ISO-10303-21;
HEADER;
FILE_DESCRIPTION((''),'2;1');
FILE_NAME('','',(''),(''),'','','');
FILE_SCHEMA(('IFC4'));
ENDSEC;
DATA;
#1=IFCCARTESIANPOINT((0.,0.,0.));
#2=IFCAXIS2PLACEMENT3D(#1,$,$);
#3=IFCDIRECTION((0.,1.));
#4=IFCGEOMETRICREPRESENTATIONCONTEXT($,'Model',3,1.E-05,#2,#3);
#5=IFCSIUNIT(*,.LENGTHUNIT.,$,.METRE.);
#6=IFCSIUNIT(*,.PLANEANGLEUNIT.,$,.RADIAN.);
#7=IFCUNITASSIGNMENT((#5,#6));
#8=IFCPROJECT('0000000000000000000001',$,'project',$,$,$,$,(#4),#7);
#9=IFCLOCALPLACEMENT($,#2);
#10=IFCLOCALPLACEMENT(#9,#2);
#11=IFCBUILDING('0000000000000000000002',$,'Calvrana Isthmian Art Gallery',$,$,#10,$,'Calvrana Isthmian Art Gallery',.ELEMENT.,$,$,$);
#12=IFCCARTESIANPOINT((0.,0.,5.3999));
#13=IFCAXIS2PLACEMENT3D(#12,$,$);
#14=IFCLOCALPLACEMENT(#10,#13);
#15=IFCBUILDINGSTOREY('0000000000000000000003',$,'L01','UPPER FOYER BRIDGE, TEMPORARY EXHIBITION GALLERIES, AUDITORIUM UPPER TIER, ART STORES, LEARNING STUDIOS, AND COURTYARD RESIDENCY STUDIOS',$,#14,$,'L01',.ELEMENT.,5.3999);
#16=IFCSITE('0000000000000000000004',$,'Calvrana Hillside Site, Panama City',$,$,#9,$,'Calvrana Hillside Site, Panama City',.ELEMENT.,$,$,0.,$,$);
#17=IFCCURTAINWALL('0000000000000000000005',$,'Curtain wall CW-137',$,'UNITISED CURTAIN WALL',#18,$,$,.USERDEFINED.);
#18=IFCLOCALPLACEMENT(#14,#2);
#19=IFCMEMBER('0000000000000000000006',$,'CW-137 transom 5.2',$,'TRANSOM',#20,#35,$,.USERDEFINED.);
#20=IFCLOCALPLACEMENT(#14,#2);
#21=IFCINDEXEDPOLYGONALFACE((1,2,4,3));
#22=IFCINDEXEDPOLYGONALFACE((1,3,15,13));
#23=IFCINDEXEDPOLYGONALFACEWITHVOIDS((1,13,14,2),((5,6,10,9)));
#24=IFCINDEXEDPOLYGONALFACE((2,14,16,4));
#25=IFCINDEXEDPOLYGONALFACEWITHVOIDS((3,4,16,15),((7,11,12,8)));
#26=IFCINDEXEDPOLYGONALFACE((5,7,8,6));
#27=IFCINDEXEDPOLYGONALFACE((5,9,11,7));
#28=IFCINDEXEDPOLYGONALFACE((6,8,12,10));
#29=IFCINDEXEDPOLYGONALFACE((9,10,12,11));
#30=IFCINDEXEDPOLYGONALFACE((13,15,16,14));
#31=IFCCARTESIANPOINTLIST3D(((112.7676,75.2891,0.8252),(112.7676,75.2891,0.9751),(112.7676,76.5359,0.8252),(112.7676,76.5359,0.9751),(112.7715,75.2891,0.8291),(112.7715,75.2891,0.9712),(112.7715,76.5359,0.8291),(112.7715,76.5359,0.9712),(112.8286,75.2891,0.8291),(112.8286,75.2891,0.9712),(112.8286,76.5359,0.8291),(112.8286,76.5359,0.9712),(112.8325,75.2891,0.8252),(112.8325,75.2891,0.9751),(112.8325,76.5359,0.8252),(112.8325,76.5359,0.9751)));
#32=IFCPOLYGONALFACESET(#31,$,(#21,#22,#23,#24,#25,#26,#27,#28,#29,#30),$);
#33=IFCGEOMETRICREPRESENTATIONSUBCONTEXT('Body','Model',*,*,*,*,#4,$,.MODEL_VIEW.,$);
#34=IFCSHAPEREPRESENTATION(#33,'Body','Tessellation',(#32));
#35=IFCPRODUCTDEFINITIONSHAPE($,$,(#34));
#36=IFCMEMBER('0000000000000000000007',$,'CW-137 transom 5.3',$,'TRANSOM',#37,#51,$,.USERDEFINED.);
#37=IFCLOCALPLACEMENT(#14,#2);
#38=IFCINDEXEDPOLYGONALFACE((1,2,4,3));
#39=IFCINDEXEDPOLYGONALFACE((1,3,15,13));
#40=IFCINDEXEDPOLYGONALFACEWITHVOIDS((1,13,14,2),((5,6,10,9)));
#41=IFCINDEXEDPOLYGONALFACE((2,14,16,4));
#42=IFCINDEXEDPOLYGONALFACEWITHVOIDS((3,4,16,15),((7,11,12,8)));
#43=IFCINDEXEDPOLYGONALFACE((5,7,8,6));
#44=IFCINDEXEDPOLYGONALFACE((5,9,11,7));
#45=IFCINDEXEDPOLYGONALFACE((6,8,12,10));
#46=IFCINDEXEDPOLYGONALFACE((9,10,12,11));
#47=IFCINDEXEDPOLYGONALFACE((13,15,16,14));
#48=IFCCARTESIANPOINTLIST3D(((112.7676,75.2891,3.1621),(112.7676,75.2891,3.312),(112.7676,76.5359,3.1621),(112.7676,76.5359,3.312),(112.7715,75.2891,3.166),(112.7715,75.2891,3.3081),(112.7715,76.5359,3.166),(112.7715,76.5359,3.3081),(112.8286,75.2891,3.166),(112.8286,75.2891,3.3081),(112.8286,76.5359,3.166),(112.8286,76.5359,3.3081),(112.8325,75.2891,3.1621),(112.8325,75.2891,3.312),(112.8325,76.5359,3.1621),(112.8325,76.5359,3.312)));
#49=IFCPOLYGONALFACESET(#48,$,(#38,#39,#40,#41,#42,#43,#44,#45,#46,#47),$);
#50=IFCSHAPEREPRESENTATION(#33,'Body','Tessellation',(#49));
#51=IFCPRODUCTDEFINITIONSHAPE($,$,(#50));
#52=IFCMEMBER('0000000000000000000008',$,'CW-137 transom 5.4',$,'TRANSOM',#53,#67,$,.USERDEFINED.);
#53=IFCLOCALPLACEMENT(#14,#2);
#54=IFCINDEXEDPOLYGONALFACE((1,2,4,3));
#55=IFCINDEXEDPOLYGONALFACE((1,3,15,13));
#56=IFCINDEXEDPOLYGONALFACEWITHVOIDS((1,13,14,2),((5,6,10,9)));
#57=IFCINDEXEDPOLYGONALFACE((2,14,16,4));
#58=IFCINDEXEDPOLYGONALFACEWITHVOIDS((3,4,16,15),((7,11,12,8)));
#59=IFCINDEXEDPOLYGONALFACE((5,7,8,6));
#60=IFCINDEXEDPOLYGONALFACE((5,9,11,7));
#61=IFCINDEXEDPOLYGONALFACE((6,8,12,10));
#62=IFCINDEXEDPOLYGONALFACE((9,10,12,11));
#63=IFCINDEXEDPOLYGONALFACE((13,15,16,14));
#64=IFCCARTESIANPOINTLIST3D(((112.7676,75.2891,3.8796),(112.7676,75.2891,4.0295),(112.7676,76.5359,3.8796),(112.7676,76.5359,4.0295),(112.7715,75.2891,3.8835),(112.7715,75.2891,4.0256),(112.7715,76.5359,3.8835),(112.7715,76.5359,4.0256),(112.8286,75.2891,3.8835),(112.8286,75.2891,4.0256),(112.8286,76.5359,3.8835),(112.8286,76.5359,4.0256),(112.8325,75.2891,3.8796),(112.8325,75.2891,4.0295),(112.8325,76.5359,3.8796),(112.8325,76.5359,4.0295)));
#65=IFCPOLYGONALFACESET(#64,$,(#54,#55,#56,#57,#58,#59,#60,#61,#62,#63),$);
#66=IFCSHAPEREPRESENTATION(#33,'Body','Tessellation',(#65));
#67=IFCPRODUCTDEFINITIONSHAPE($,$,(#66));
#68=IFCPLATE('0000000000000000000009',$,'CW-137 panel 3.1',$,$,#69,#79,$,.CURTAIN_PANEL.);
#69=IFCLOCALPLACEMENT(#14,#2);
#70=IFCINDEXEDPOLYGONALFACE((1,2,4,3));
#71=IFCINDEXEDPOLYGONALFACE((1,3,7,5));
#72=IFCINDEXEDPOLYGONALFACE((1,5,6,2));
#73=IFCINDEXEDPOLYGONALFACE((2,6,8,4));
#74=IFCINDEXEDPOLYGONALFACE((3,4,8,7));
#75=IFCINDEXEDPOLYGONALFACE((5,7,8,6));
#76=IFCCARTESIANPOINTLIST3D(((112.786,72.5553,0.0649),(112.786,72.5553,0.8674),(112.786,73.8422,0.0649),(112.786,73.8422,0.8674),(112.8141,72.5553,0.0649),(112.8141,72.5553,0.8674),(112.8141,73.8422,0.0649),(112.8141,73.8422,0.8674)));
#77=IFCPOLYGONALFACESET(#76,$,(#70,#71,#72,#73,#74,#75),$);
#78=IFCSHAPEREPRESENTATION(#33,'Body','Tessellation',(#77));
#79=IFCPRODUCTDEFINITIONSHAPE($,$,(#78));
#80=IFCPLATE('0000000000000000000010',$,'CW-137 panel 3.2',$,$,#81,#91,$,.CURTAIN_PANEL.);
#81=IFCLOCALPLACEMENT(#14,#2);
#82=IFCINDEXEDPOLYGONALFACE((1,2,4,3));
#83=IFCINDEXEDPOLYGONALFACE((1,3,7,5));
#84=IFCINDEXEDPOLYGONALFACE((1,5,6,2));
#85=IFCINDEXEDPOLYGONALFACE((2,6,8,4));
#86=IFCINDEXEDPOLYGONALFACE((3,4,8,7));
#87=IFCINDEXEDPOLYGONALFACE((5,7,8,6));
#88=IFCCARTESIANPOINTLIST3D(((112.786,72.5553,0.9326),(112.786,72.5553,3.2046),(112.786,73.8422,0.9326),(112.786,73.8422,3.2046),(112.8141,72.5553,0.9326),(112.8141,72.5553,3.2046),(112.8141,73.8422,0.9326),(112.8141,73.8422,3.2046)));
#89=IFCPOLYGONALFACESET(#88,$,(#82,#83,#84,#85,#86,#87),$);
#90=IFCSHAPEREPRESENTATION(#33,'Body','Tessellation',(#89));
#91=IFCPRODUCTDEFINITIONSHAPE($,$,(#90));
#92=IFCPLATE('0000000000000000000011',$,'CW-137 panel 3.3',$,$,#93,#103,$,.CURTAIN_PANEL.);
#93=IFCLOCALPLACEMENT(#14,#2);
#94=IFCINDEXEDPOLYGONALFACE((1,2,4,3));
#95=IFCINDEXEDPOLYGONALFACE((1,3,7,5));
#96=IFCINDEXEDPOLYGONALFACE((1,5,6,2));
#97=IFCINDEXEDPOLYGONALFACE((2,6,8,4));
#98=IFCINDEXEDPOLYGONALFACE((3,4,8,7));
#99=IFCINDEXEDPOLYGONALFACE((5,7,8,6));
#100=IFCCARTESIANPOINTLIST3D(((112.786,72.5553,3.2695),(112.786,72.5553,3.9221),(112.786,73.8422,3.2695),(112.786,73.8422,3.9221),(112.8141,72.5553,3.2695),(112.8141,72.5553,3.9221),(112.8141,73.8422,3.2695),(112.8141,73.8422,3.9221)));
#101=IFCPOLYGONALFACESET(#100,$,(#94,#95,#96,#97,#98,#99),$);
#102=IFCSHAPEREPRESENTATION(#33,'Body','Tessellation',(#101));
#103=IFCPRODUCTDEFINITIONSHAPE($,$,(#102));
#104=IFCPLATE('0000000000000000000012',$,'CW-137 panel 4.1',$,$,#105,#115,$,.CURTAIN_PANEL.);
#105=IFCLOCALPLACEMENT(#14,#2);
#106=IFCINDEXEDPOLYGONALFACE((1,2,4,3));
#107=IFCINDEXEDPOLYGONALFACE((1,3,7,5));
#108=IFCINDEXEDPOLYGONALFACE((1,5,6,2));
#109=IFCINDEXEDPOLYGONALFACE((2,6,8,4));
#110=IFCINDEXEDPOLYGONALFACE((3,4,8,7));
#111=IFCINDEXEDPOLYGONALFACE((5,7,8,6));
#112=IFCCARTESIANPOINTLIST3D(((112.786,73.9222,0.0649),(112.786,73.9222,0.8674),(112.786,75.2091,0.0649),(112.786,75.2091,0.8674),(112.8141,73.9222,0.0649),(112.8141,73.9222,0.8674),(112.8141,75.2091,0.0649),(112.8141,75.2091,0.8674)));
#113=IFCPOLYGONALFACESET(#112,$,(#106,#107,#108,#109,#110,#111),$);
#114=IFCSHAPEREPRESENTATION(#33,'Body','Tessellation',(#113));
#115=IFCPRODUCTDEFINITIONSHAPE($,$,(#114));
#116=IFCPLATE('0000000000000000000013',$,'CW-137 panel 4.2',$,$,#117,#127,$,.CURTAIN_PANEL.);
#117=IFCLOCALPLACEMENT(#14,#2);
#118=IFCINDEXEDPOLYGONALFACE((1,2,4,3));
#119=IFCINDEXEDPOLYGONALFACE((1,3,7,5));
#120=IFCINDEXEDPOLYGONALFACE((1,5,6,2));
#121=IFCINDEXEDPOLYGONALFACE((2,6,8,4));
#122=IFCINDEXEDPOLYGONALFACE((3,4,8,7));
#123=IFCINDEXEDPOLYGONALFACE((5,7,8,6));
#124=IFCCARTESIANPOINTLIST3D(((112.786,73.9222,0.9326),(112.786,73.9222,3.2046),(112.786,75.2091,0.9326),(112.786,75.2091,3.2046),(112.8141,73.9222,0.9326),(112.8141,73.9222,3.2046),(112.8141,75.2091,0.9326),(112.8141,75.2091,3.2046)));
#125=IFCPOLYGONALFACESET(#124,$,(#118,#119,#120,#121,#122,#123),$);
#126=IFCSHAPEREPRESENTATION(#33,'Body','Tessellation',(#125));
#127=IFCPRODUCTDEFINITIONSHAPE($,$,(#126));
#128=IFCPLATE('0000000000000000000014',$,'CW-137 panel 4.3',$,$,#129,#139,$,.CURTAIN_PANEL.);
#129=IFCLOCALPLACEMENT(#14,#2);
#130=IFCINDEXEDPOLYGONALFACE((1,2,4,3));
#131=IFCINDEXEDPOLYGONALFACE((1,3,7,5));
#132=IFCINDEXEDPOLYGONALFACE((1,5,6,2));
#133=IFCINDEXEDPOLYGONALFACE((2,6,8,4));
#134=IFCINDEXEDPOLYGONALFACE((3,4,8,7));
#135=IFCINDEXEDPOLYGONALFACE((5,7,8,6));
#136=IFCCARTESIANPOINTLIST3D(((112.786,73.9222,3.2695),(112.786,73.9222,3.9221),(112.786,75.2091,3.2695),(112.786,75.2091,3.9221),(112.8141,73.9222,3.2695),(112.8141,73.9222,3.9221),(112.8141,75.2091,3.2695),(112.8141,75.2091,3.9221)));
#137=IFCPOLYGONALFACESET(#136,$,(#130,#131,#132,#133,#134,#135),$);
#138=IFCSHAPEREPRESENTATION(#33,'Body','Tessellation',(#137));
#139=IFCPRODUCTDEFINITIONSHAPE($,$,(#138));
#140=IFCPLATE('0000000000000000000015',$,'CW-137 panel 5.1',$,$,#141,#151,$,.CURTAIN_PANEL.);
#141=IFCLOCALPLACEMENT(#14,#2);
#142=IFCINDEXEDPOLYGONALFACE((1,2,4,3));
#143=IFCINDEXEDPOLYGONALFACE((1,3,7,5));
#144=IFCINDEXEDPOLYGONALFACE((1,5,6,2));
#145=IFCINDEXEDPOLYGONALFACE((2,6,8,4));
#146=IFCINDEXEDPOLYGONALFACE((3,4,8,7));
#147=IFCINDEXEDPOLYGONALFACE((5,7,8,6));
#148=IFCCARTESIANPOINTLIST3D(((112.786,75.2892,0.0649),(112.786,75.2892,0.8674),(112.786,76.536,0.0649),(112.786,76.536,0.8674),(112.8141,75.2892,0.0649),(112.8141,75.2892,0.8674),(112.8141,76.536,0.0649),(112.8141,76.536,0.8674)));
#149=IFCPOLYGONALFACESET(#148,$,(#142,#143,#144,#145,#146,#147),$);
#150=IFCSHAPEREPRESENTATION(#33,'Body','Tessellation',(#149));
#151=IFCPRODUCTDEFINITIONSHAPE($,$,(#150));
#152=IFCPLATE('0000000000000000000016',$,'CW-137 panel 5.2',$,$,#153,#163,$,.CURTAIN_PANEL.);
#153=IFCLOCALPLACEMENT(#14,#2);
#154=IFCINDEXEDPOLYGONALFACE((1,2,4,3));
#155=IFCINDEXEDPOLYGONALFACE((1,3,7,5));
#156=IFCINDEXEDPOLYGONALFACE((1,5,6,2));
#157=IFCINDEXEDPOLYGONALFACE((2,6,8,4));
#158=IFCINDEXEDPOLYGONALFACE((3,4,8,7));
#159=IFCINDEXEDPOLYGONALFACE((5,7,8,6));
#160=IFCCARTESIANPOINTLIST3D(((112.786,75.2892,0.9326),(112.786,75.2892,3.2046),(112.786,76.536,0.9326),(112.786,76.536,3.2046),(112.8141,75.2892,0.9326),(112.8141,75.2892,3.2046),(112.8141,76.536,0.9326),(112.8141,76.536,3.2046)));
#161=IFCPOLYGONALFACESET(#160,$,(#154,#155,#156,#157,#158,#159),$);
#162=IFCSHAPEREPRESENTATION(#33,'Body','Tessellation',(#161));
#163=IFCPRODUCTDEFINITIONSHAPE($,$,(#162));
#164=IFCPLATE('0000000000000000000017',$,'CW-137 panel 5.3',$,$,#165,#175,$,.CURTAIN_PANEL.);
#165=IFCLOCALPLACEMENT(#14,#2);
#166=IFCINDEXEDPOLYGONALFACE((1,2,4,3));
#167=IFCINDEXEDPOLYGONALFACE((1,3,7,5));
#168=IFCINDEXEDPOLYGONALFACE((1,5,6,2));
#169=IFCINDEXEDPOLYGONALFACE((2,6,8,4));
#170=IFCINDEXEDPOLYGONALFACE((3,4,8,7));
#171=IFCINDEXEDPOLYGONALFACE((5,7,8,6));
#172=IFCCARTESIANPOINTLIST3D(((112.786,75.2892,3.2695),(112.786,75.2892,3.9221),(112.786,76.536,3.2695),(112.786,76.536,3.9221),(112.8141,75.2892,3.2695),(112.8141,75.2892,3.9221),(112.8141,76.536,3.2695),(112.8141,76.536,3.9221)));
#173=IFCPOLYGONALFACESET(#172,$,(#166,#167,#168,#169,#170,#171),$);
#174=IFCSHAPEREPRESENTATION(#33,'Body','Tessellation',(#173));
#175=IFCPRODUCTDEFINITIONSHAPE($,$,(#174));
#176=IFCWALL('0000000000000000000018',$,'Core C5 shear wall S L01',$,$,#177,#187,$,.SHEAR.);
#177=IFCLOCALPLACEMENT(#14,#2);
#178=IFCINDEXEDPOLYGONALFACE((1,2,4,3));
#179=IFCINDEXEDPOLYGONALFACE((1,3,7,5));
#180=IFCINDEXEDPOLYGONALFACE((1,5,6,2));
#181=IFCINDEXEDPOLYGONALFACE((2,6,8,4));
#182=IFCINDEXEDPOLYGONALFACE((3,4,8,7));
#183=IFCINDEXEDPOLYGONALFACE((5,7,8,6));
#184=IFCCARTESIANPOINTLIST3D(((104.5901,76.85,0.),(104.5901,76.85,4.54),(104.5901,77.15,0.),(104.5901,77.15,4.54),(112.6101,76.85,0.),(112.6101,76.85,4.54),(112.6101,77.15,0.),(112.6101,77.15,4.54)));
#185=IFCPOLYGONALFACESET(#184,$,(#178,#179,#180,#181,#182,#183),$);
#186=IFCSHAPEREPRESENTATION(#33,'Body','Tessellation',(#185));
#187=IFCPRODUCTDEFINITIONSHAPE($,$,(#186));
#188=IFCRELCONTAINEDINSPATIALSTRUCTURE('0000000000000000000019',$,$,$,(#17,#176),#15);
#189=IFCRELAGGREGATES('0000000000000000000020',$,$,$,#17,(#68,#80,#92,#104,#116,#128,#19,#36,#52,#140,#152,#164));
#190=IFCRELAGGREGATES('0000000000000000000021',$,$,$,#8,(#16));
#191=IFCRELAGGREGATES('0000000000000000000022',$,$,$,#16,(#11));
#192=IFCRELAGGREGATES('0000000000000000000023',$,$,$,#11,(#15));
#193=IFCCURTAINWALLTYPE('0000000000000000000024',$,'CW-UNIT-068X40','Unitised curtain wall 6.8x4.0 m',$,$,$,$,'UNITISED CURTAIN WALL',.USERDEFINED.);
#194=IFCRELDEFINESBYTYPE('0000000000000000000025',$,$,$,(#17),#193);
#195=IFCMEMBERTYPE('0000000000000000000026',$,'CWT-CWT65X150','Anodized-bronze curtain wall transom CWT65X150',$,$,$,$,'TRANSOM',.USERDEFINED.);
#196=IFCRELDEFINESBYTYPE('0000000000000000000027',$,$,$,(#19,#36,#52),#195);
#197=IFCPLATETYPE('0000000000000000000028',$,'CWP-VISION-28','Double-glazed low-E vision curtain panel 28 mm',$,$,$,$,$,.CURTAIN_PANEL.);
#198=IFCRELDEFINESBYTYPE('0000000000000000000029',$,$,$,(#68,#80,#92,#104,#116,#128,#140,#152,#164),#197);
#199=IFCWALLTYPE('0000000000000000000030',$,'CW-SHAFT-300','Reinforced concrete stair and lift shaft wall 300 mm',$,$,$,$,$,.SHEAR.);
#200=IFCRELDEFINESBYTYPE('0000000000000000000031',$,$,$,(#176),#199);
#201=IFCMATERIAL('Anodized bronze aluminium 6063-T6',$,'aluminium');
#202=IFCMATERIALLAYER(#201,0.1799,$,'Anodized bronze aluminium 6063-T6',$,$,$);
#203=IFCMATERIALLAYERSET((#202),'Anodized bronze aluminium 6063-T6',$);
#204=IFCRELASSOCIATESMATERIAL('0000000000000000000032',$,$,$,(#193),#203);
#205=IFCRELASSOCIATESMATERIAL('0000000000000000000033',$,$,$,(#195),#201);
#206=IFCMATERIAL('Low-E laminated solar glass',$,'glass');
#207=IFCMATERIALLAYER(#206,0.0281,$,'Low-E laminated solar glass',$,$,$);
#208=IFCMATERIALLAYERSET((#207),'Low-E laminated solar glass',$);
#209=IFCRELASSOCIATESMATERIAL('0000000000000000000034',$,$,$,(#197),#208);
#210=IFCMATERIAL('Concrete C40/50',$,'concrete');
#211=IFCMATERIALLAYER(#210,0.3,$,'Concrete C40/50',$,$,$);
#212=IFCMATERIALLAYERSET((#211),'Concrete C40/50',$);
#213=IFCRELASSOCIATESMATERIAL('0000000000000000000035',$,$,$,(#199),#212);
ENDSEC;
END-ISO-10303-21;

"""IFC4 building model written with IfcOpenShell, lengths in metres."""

from ifc_helpers import new_model, si_unit, direction, frame, frame_2d, origin, origin_2d, place, context, subcontext, project, spatial, rectangle, hollow_rectangle, extrude, material, layer, layer_set, material_profile, profile_set, type_object, element, aggregate, save


model = new_model("IFC4")

# Units and contexts
model_context = context("Model", 3, precision=1e-05, world=origin(), true_north=direction((0.0, 1.0)))
body_context = subcontext(model_context, "Body", "Model", "MODEL_VIEW")
ifc_project = project(units=[si_unit("LENGTHUNIT", "METRE"), si_unit("PLANEANGLEUNIT", "RADIAN")], contexts=[model_context])

# Site, building, storey
site_placement = place(None, origin())
site = spatial("IfcSite", under=ifc_project, at=site_placement, Name="Calvrana Hillside Site, Panama City", LongName="Calvrana Hillside Site, Panama City", CompositionType="ELEMENT", RefElevation=0.0)
building_placement = place(site_placement, origin())
building = spatial("IfcBuilding", under=site, at=building_placement, Name="Calvrana Isthmian Art Gallery", LongName="Calvrana Isthmian Art Gallery", CompositionType="ELEMENT")
storey_placement = place(building_placement, frame((0.0, 0.0, 5.3999)))
storey = spatial("IfcBuildingStorey", under=building, at=storey_placement, Name="L01", Description="UPPER FOYER BRIDGE, TEMPORARY EXHIBITION GALLERIES, AUDITORIUM UPPER TIER, ART STORES, LEARNING STUDIOS, AND COURTYARD RESIDENCY STUDIOS", LongName="L01", CompositionType="ELEMENT", Elevation=5.3999)

# Curtain wall, members, plates
ifc_material_1 = material(Name="Anodized bronze aluminium 6063-T6", Category="aluminium")
ifc_layer_1 = layer(ifc_material_1, 0.1799, Name="Anodized bronze aluminium 6063-T6")
ifc_layer_set_1 = layer_set([ifc_layer_1], Name="Anodized bronze aluminium 6063-T6")
curtain_wall_type = type_object("IfcCurtainWallType", Name="CW-UNIT-068X40", Description="Unitised curtain wall 6.8x4.0 m", ElementType="UNITISED CURTAIN WALL", PredefinedType="USERDEFINED", material=ifc_layer_set_1)
curtain_wall_placement = place(storey_placement, origin())
curtain_wall = element("IfcCurtainWall", 1, at=curtain_wall_placement, inside=storey, type_object=curtain_wall_type, Name="Curtain wall CW-137", ObjectType="UNITISED CURTAIN WALL", PredefinedType="USERDEFINED")
ifc_material_profile_1 = material_profile(ifc_material_1, hollow_rectangle(XDim=0.0649, YDim=0.1499, WallThickness=0.0039, at=origin_2d()), Name="CWT65X150")
ifc_profile_set_1 = profile_set([ifc_material_profile_1], Name="Anodized bronze aluminium 6063-T6")
member_type_1 = type_object("IfcMemberType", Name="CWT-CWT65X150", Description="Anodized-bronze curtain wall transom CWT65X150", ElementType="TRANSOM", PredefinedType="USERDEFINED", material=ifc_profile_set_1)
member_1_placement = place(storey_placement, frame((112.8, 75.2891, 0.9001), z_axis=(0.0, 1.0, 0.0), x_axis=(-1.0, 0.0, 0.0)))
member_1 = element("IfcMember", 2, at=member_1_placement, type_object=member_type_1, Name="CW-137 transom 5.2", ObjectType="TRANSOM", PredefinedType="USERDEFINED", context=body_context, shape_type="SweptSolid", body=[
    extrude(hollow_rectangle(XDim=0.0649, YDim=0.1499, WallThickness=0.0039, at=origin_2d()), origin(), (0.0, 0.0, 1.0), 1.2468),
])
member_2_placement = place(storey_placement, frame((112.8, 75.2891, 3.2371), z_axis=(0.0, 1.0, 0.0), x_axis=(-1.0, 0.0, 0.0)))
member_2 = element("IfcMember", 3, at=member_2_placement, type_object=member_type_1, Name="CW-137 transom 5.3", ObjectType="TRANSOM", PredefinedType="USERDEFINED", context=body_context, shape_type="SweptSolid", body=[
    extrude(hollow_rectangle(XDim=0.0649, YDim=0.1499, WallThickness=0.0039, at=origin_2d()), origin(), (0.0, 0.0, 1.0), 1.2468),
])
member_3_placement = place(storey_placement, frame((112.8, 75.2891, 3.9546), z_axis=(0.0, 1.0, 0.0), x_axis=(-1.0, 0.0, 0.0)))
member_3 = element("IfcMember", 4, at=member_3_placement, type_object=member_type_1, Name="CW-137 transom 5.4", ObjectType="TRANSOM", PredefinedType="USERDEFINED", context=body_context, shape_type="SweptSolid", body=[
    extrude(hollow_rectangle(XDim=0.0649, YDim=0.1499, WallThickness=0.0039, at=origin_2d()), origin(), (0.0, 0.0, 1.0), 1.2468),
])
ifc_material_2 = material(Name="Low-E laminated solar glass", Category="glass")
ifc_layer_2 = layer(ifc_material_2, 0.0281, Name="Low-E laminated solar glass")
ifc_layer_set_2 = layer_set([ifc_layer_2], Name="Low-E laminated solar glass")
plate_type = type_object("IfcPlateType", Name="CWP-VISION-28", Description="Double-glazed low-E vision curtain panel 28 mm", PredefinedType="CURTAIN_PANEL", material=ifc_layer_set_2)
plate_1_placement = place(storey_placement, frame((112.8, 73.1987, 0.0649), z_axis=(0.0, 0.0, 1.0), x_axis=(0.0, 1.0, 0.0)))
plate_1 = element("IfcPlate", 5, at=plate_1_placement, type_object=plate_type, Name="CW-137 panel 3.1", PredefinedType="CURTAIN_PANEL", context=body_context, shape_type="SweptSolid", body=[
    extrude(rectangle(XDim=1.2869, YDim=0.0281, at=origin_2d()), origin(), (0.0, 0.0, 1.0), 0.8025),
])
plate_2_placement = place(storey_placement, frame((112.8, 73.1987, 0.9326), z_axis=(0.0, 0.0, 1.0), x_axis=(0.0, 1.0, 0.0)))
plate_2 = element("IfcPlate", 6, at=plate_2_placement, type_object=plate_type, Name="CW-137 panel 3.2", PredefinedType="CURTAIN_PANEL", context=body_context, shape_type="SweptSolid", body=[
    extrude(rectangle(XDim=1.2869, YDim=0.0281, at=origin_2d()), origin(), (0.0, 0.0, 1.0), 2.272),
])
plate_3_placement = place(storey_placement, frame((112.8, 73.1987, 3.2695), z_axis=(0.0, 0.0, 1.0), x_axis=(0.0, 1.0, 0.0)))
plate_3 = element("IfcPlate", 7, at=plate_3_placement, type_object=plate_type, Name="CW-137 panel 3.3", PredefinedType="CURTAIN_PANEL", context=body_context, shape_type="SweptSolid", body=[
    extrude(rectangle(XDim=1.2869, YDim=0.0281, at=origin_2d()), origin(), (0.0, 0.0, 1.0), 0.6526),
])
plate_4_placement = place(storey_placement, frame((112.8, 74.5657, 0.0649), z_axis=(0.0, 0.0, 1.0), x_axis=(0.0, 1.0, 0.0)))
plate_4 = element("IfcPlate", 8, at=plate_4_placement, type_object=plate_type, Name="CW-137 panel 4.1", PredefinedType="CURTAIN_PANEL", context=body_context, shape_type="SweptSolid", body=[
    extrude(rectangle(XDim=1.2869, YDim=0.0281, at=origin_2d()), origin(), (0.0, 0.0, 1.0), 0.8025),
])
plate_5_placement = place(storey_placement, frame((112.8, 74.5657, 0.9326), z_axis=(0.0, 0.0, 1.0), x_axis=(0.0, 1.0, 0.0)))
plate_5 = element("IfcPlate", 9, at=plate_5_placement, type_object=plate_type, Name="CW-137 panel 4.2", PredefinedType="CURTAIN_PANEL", context=body_context, shape_type="SweptSolid", body=[
    extrude(rectangle(XDim=1.2869, YDim=0.0281, at=origin_2d()), origin(), (0.0, 0.0, 1.0), 2.272),
])
plate_6_placement = place(storey_placement, frame((112.8, 74.5657, 3.2695), z_axis=(0.0, 0.0, 1.0), x_axis=(0.0, 1.0, 0.0)))
plate_6 = element("IfcPlate", 10, at=plate_6_placement, type_object=plate_type, Name="CW-137 panel 4.3", PredefinedType="CURTAIN_PANEL", context=body_context, shape_type="SweptSolid", body=[
    extrude(rectangle(XDim=1.2869, YDim=0.0281, at=origin_2d()), origin(), (0.0, 0.0, 1.0), 0.6526),
])
plate_7_placement = place(storey_placement, frame((112.8, 75.9126, 0.0649), z_axis=(0.0, 0.0, 1.0), x_axis=(0.0, 1.0, 0.0)))
plate_7 = element("IfcPlate", 11, at=plate_7_placement, type_object=plate_type, Name="CW-137 panel 5.1", PredefinedType="CURTAIN_PANEL", context=body_context, shape_type="SweptSolid", body=[
    extrude(rectangle(XDim=1.2468, YDim=0.0281, at=origin_2d()), origin(), (0.0, 0.0, 1.0), 0.8025),
])
plate_8_placement = place(storey_placement, frame((112.8, 75.9126, 0.9326), z_axis=(0.0, 0.0, 1.0), x_axis=(0.0, 1.0, 0.0)))
plate_8 = element("IfcPlate", 12, at=plate_8_placement, type_object=plate_type, Name="CW-137 panel 5.2", PredefinedType="CURTAIN_PANEL", context=body_context, shape_type="SweptSolid", body=[
    extrude(rectangle(XDim=1.2468, YDim=0.0281, at=origin_2d()), origin(), (0.0, 0.0, 1.0), 2.272),
])
plate_9_placement = place(storey_placement, frame((112.8, 75.9126, 3.2695), z_axis=(0.0, 0.0, 1.0), x_axis=(0.0, 1.0, 0.0)))
plate_9 = element("IfcPlate", 13, at=plate_9_placement, type_object=plate_type, Name="CW-137 panel 5.3", PredefinedType="CURTAIN_PANEL", context=body_context, shape_type="SweptSolid", body=[
    extrude(rectangle(XDim=1.2468, YDim=0.0281, at=origin_2d()), origin(), (0.0, 0.0, 1.0), 0.6526),
])
aggregate(curtain_wall, [plate_1, plate_2, plate_3, plate_4, plate_5, plate_6, member_1, member_2, member_3, plate_7, plate_8, plate_9])

# Wall
ifc_material_3 = material(Name="Concrete C40/50", Category="concrete")
ifc_layer_3 = layer(ifc_material_3, 0.3, Name="Concrete C40/50")
ifc_layer_set_3 = layer_set([ifc_layer_3], Name="Concrete C40/50")
wall_type = type_object("IfcWallType", Name="CW-SHAFT-300", Description="Reinforced concrete stair and lift shaft wall 300 mm", PredefinedType="SHEAR", material=ifc_layer_set_3)
wall_placement = place(storey_placement, frame((104.5901, 77.0, 0.0), z_axis=(0.0, 0.0, 1.0), x_axis=(1.0, 0.0, 0.0)))
element("IfcWall", 14, at=wall_placement, inside=storey, type_object=wall_type, Name="Core C5 shear wall S L01", PredefinedType="SHEAR", context=body_context, shape_type="SweptSolid", body=[
    extrude(rectangle(XDim=8.02, YDim=0.3, at=frame_2d((4.01, 0.0))), origin(), (0.0, 0.0, 1.0), 4.54),
])

save(model, "model.ifc")
